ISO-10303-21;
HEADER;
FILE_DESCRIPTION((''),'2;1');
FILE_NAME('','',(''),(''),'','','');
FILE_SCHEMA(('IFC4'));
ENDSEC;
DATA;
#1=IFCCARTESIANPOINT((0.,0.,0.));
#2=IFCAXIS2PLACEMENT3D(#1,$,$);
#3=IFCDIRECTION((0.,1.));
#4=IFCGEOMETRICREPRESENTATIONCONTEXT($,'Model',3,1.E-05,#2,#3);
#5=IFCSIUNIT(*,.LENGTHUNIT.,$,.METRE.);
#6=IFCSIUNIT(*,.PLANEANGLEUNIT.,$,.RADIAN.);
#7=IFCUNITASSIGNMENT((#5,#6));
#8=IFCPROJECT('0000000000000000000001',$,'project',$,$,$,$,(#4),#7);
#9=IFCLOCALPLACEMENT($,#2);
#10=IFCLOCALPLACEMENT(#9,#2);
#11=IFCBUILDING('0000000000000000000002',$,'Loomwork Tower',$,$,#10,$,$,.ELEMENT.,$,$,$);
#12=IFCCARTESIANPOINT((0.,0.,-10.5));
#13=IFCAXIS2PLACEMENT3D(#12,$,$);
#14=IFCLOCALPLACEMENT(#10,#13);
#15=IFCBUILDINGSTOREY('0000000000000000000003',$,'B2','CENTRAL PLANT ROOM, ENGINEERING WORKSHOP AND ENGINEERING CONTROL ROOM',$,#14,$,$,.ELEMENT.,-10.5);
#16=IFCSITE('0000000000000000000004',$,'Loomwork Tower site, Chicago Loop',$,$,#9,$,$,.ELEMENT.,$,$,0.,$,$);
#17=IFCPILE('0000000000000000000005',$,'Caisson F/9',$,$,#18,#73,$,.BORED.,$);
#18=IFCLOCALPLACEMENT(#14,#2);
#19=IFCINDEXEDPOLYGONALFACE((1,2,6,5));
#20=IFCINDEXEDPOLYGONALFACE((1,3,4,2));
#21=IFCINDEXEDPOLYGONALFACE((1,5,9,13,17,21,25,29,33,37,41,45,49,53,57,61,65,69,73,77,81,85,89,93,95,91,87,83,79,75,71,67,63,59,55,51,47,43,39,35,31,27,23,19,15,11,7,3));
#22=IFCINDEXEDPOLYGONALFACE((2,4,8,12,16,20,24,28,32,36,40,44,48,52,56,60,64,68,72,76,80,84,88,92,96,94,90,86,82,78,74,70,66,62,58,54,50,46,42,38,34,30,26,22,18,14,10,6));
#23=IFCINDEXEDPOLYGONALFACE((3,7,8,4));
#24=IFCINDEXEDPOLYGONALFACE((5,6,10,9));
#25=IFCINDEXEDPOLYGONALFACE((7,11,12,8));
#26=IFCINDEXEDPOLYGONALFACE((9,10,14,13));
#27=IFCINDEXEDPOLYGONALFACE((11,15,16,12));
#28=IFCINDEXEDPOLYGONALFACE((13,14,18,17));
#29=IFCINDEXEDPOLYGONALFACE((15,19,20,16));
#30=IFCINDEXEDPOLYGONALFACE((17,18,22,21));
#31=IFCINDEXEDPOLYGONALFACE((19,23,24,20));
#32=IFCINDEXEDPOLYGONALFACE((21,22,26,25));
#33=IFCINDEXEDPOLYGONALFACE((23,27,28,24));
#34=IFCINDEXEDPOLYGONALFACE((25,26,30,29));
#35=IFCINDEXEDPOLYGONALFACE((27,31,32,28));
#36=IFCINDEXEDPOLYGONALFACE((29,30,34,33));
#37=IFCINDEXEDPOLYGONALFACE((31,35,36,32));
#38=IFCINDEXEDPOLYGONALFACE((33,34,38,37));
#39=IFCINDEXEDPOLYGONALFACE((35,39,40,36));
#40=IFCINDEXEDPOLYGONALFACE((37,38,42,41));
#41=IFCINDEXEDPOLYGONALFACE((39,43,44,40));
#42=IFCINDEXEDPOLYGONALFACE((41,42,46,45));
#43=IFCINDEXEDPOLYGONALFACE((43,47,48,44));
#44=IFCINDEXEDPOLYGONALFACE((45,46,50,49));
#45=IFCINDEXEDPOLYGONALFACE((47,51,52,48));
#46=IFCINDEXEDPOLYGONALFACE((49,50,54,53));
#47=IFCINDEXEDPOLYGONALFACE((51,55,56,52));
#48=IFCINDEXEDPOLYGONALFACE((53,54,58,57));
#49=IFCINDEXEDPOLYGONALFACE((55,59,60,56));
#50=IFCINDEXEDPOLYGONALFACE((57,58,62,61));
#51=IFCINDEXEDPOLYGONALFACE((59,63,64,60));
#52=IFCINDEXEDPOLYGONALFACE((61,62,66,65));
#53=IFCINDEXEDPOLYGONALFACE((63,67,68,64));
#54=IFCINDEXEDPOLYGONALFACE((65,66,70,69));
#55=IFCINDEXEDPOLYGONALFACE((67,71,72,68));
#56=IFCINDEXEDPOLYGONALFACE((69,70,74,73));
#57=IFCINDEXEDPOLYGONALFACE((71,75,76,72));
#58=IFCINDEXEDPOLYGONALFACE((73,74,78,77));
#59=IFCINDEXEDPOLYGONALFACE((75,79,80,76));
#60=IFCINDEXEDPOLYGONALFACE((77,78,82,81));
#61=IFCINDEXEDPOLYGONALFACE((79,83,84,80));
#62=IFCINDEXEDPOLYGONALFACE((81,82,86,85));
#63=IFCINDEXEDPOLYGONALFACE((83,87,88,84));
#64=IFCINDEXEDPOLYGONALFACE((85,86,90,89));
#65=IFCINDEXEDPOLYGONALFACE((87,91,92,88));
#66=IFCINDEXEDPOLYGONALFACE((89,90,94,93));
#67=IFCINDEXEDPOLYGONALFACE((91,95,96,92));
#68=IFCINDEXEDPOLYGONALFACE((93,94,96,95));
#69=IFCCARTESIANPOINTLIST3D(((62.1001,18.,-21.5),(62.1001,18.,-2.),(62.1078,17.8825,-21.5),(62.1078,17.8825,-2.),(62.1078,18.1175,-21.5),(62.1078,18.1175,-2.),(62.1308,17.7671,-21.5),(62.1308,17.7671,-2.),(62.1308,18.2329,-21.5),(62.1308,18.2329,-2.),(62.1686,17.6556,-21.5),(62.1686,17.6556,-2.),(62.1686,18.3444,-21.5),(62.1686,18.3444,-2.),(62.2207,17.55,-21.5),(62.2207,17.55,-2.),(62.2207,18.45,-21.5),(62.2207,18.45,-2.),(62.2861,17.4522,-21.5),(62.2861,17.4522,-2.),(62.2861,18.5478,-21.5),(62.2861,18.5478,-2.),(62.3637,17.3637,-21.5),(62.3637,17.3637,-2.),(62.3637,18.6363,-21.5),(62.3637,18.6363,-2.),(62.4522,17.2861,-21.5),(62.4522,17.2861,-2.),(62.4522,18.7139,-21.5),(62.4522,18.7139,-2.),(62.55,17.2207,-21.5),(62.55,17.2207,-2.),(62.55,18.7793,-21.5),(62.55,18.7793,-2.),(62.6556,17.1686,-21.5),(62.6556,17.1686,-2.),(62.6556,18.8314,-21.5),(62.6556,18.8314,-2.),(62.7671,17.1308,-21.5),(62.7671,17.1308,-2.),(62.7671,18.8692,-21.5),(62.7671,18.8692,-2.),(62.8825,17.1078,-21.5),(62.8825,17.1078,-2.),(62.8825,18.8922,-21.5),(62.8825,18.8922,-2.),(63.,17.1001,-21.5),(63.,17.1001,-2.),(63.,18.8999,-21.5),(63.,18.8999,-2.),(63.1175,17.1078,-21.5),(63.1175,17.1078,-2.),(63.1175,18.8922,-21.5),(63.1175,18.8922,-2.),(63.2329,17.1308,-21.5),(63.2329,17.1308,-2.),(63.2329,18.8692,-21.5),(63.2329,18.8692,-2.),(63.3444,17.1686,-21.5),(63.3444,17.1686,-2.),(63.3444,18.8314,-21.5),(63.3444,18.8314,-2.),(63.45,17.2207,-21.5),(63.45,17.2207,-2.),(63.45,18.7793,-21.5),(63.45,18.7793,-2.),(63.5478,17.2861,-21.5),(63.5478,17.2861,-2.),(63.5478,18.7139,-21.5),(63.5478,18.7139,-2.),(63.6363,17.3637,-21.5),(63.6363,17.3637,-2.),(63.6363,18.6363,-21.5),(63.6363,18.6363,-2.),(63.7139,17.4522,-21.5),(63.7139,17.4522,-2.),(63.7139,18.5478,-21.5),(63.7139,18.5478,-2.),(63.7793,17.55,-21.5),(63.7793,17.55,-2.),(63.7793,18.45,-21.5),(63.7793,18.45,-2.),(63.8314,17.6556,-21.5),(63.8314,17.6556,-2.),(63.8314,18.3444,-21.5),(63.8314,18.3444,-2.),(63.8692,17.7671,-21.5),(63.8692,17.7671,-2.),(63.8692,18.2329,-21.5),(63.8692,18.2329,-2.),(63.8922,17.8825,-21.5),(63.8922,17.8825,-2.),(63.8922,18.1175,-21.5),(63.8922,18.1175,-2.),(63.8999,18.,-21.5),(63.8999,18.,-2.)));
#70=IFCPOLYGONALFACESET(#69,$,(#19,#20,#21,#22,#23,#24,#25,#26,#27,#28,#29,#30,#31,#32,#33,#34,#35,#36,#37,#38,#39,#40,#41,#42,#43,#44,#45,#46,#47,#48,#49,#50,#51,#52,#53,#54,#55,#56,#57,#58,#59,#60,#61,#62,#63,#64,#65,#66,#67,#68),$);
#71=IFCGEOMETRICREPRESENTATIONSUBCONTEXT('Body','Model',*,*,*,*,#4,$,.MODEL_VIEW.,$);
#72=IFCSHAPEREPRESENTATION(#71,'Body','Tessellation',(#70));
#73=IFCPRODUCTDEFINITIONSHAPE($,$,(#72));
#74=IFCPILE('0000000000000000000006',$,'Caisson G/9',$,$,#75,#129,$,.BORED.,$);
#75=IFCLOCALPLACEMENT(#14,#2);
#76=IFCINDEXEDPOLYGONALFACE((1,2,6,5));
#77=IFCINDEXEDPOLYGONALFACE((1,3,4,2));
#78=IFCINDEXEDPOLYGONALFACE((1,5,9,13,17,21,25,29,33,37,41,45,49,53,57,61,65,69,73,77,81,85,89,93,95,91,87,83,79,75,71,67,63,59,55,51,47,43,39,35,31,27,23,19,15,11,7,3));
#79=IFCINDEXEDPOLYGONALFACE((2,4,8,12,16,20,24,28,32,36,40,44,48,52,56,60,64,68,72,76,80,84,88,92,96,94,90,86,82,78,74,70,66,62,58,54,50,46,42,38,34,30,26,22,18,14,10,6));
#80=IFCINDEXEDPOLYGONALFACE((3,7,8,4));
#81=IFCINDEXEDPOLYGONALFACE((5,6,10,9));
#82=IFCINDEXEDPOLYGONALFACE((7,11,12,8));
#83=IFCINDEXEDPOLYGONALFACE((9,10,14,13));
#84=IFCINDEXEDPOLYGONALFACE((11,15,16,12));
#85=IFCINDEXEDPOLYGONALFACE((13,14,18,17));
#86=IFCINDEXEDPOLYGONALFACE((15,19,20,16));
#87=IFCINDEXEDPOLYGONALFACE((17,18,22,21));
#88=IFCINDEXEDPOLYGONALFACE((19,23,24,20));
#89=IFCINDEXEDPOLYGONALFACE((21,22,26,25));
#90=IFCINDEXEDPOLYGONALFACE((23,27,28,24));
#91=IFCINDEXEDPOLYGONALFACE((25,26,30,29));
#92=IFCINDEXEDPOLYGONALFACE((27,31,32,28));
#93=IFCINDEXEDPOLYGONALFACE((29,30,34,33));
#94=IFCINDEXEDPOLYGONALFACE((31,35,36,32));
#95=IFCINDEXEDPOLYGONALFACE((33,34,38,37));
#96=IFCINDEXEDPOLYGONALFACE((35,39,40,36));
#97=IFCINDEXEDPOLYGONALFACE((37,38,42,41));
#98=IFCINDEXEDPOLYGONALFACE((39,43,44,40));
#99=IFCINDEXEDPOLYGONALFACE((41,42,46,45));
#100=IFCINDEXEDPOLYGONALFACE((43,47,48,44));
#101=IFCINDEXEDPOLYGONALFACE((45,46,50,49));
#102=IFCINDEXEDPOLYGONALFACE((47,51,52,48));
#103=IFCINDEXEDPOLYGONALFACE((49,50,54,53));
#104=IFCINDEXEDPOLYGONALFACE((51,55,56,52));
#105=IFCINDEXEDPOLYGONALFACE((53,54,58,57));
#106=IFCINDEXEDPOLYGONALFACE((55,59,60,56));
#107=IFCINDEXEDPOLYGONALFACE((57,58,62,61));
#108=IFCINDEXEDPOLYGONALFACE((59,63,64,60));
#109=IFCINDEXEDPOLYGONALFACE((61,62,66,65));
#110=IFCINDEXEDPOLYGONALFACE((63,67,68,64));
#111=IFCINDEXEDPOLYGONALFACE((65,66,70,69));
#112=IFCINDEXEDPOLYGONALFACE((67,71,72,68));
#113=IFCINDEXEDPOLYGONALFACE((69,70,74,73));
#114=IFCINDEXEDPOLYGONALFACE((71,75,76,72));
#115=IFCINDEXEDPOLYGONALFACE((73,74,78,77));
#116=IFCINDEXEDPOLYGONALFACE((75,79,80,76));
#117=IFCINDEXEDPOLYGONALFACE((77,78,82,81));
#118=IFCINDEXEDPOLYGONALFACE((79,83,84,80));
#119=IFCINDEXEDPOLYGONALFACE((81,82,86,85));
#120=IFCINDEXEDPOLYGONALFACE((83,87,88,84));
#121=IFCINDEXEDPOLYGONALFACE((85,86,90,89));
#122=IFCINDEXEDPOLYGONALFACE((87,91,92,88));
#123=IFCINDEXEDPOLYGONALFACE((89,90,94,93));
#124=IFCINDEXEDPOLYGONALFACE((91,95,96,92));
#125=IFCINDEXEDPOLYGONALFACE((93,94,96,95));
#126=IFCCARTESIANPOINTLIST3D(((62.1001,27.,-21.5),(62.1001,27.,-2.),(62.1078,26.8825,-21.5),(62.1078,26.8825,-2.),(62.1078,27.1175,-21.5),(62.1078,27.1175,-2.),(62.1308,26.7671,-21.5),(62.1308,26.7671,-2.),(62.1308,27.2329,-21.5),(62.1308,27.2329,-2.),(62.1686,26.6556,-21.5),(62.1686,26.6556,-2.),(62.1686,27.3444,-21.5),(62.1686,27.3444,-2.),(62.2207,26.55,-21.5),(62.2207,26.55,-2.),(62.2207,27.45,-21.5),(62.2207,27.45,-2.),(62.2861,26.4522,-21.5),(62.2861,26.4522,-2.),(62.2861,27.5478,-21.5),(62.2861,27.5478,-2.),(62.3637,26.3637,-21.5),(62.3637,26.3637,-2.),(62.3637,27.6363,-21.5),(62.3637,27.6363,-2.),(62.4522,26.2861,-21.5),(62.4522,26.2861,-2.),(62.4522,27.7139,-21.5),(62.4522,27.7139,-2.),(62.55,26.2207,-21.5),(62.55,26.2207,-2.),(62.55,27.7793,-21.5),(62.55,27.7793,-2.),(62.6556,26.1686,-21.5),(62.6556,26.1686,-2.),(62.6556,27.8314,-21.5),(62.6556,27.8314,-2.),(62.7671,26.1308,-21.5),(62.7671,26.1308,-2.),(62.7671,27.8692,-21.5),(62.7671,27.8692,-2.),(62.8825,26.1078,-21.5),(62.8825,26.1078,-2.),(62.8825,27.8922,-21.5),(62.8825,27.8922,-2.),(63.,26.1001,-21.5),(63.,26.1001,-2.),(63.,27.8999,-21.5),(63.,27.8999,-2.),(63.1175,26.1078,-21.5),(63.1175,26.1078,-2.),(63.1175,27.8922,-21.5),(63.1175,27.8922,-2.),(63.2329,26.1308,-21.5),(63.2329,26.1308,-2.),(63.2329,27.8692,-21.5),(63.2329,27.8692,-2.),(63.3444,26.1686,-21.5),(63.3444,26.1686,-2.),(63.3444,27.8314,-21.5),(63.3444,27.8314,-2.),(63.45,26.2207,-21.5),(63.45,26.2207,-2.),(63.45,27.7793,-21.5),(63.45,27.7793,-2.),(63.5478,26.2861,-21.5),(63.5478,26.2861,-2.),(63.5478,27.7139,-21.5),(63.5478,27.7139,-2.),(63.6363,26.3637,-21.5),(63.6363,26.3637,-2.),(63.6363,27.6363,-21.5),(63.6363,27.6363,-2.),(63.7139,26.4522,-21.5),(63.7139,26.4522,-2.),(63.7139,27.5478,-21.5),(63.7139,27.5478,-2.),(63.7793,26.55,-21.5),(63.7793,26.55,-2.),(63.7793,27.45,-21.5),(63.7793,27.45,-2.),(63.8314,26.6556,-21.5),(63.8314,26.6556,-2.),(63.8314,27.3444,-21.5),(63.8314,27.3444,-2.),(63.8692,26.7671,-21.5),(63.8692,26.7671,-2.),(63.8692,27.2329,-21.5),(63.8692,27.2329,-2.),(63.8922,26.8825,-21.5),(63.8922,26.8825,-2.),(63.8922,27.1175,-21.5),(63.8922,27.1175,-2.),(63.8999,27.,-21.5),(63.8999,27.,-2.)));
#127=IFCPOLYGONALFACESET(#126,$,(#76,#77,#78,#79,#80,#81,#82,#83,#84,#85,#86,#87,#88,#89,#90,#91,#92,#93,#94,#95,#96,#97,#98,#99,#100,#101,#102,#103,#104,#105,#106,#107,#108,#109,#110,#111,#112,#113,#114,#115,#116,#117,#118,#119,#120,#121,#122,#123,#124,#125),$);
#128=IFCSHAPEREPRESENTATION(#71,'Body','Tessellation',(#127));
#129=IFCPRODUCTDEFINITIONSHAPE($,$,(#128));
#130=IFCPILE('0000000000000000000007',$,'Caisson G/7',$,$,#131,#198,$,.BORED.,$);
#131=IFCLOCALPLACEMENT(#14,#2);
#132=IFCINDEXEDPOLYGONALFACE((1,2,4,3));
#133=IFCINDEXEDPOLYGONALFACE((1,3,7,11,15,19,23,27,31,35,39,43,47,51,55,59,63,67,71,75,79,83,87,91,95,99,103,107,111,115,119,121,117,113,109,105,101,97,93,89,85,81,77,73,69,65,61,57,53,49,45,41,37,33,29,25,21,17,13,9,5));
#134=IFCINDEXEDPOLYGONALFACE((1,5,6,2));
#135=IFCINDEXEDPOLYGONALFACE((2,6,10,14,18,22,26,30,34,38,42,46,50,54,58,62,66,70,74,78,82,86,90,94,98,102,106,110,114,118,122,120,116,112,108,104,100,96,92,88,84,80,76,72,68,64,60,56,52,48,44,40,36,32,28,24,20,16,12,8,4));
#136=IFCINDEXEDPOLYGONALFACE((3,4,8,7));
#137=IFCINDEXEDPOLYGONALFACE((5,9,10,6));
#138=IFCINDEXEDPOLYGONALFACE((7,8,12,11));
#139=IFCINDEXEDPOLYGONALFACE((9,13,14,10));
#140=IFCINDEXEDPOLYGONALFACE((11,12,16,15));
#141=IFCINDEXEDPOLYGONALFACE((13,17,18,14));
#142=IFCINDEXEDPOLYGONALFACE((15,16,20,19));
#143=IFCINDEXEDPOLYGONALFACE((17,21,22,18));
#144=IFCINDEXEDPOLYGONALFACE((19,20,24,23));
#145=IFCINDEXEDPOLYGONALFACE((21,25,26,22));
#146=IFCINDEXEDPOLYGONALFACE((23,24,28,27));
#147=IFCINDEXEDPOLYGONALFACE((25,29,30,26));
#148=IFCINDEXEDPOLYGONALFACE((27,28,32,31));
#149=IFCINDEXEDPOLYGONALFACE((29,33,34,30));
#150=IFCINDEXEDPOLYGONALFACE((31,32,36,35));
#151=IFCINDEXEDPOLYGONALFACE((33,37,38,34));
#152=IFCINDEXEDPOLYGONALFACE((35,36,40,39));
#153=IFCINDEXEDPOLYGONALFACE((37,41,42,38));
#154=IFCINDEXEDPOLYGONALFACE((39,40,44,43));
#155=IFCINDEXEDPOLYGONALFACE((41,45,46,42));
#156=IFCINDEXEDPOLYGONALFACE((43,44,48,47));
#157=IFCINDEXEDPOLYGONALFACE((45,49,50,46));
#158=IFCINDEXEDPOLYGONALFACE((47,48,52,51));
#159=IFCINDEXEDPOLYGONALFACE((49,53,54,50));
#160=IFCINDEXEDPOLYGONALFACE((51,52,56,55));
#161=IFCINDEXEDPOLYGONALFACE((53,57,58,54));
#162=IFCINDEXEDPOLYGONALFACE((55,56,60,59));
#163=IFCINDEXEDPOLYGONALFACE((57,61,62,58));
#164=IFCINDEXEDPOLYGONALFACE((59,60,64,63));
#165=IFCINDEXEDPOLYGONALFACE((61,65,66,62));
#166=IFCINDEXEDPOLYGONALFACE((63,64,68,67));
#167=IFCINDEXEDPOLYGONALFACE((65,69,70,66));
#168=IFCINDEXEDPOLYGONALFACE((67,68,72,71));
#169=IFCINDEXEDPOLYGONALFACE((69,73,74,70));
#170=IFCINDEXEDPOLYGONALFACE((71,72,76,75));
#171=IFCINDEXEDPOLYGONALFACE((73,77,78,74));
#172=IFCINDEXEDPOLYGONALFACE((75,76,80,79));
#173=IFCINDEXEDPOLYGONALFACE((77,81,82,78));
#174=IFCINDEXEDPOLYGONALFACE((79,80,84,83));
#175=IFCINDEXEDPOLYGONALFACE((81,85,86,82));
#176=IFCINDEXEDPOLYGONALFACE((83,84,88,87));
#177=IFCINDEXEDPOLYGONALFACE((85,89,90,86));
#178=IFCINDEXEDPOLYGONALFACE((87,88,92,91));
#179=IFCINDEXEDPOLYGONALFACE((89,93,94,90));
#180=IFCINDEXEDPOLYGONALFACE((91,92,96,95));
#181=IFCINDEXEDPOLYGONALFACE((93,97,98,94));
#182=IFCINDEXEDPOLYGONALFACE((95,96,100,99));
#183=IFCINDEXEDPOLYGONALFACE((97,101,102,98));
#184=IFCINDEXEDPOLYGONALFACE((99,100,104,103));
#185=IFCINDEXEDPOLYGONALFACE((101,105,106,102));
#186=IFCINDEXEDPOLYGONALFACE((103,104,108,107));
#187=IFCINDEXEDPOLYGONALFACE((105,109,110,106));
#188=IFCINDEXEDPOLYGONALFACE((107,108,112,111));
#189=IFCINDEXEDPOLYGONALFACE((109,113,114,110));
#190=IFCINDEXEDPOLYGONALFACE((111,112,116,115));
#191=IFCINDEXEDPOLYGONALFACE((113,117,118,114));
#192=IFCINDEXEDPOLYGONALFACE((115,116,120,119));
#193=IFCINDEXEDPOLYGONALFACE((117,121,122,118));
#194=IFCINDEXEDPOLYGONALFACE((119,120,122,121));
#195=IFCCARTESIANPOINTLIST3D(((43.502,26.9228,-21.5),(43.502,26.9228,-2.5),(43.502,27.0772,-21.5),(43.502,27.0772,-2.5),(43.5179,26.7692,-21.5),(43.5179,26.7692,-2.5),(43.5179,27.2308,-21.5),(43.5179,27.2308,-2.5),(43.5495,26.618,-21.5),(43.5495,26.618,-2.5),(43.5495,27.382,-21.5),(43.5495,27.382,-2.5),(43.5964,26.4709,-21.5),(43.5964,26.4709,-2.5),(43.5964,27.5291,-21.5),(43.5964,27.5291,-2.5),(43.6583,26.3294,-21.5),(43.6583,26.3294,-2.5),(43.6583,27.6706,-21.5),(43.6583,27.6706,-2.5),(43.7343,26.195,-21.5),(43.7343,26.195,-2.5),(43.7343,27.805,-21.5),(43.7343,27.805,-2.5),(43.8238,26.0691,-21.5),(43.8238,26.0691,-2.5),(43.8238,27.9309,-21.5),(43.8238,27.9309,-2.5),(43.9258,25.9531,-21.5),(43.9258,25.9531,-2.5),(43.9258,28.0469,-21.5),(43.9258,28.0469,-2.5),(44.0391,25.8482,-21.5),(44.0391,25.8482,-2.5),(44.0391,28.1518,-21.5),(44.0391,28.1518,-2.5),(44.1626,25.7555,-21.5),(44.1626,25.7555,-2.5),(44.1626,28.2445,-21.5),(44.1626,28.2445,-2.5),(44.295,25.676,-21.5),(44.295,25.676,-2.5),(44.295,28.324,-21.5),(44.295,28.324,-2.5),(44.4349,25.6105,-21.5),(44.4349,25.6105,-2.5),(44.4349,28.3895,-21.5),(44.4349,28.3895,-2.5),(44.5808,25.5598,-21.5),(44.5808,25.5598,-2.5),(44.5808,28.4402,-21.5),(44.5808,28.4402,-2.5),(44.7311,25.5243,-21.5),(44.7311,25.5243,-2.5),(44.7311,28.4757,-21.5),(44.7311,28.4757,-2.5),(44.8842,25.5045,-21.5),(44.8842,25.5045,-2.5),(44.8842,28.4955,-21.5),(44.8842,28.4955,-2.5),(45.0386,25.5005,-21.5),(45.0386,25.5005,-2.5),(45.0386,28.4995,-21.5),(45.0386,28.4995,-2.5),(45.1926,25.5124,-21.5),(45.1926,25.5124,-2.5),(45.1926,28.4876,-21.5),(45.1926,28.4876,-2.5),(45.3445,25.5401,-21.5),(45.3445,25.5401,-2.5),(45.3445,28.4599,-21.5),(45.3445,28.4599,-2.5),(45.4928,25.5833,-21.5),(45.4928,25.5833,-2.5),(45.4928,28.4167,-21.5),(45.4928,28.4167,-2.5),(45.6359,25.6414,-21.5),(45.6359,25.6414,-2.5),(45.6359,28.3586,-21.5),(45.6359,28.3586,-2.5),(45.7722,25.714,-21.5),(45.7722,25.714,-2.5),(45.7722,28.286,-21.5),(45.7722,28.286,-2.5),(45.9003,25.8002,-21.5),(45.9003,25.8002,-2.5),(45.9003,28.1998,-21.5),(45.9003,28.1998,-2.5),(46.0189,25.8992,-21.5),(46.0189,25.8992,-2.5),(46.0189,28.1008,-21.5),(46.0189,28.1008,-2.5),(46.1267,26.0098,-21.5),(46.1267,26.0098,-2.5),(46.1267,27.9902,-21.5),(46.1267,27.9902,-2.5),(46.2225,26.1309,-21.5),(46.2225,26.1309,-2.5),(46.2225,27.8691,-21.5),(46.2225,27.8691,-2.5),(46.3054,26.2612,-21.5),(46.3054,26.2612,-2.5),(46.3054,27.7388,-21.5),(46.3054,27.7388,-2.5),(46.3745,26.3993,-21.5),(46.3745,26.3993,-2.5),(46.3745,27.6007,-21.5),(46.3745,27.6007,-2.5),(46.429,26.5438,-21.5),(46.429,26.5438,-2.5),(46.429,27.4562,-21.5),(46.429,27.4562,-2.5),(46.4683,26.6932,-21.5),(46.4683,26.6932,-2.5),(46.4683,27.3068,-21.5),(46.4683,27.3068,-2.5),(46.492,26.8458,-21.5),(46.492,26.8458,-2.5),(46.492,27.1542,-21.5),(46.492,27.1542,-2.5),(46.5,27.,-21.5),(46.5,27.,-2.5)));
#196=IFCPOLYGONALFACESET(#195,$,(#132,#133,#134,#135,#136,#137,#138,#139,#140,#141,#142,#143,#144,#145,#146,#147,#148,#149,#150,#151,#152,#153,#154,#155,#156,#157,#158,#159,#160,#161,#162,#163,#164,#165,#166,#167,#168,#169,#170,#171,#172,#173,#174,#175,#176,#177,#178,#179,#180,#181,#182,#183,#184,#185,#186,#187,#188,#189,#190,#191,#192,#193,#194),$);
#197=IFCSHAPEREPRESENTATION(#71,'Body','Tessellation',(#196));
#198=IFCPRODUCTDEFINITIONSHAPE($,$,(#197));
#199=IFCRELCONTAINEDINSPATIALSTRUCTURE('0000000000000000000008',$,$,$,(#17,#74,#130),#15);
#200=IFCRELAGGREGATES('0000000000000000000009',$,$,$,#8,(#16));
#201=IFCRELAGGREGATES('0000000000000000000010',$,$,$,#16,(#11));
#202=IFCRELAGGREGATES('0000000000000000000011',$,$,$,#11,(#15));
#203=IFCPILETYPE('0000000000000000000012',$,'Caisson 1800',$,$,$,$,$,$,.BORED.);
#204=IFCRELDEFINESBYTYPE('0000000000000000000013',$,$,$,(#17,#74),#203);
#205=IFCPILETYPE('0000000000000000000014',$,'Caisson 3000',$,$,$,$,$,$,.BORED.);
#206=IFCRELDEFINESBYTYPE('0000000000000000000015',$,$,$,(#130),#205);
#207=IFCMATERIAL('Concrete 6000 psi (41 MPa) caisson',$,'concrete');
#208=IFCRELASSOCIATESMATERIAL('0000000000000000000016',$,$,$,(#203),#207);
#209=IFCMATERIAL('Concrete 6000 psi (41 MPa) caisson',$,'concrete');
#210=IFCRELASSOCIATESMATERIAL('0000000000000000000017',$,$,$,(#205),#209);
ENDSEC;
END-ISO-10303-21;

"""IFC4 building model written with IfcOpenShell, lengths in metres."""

from ifc_helpers import new_model, si_unit, direction, frame, origin, origin_2d, place, context, subcontext, project, spatial, circle, extrude, material, material_profile, profile_set, type_object, element, save


model = new_model("IFC4")

# Units and contexts
model_context = context("Model", 3, precision=1e-05, world=origin(), true_north=direction((0.0, 1.0)))
body_context = subcontext(model_context, "Body", "Model", "MODEL_VIEW")
ifc_project = project(units=[si_unit("LENGTHUNIT", "METRE"), si_unit("PLANEANGLEUNIT", "RADIAN")], contexts=[model_context])

# Site, building, storey
site_placement = place(None, origin())
site = spatial("IfcSite", under=ifc_project, at=site_placement, Name="Loomwork Tower site, Chicago Loop", CompositionType="ELEMENT", RefElevation=0.0)
building_placement = place(site_placement, origin())
building = spatial("IfcBuilding", under=site, at=building_placement, Name="Loomwork Tower", CompositionType="ELEMENT")
storey_placement = place(building_placement, frame((0.0, 0.0, -10.5)))
storey = spatial("IfcBuildingStorey", under=building, at=storey_placement, Name="B2", Description="CENTRAL PLANT ROOM, ENGINEERING WORKSHOP AND ENGINEERING CONTROL ROOM", CompositionType="ELEMENT", Elevation=-10.5)

# Piles
ifc_material_1 = material(Name="Concrete 6000 psi (41 MPa) caisson", Category="concrete")
ifc_material_profile_1 = material_profile(ifc_material_1, circle(Radius=0.8999, at=origin_2d()), Name="D1800")
ifc_profile_set_1 = profile_set([ifc_material_profile_1], Name="Concrete 6000 psi (41 MPa) caisson")
pile_type_1 = type_object("IfcPileType", Name="Caisson 1800", PredefinedType="BORED", material=ifc_profile_set_1)
for number, where, z_axis, x_axis, name in (
    (1, (63.0, 18.0, -2.0), (0.0, 0.0, -1.0), (1.0, 0.0, 0.0), "Caisson F/9"),
    (2, (63.0, 27.0, -2.0), (0.0, 0.0, -1.0), (1.0, 0.0, 0.0), "Caisson G/9"),
):
    element("IfcPile", number, at=place(storey_placement, frame(where, z_axis=z_axis, x_axis=x_axis)), inside=storey, type_object=pile_type_1, Name=name, PredefinedType="BORED", context=body_context, shape_type="SweptSolid", body=[
        extrude(circle(Radius=0.8999, at=origin_2d()), origin(), (0.0, 0.0, 1.0), 19.5),
    ])
ifc_material_2 = material(Name="Concrete 6000 psi (41 MPa) caisson", Category="concrete")
ifc_material_profile_2 = material_profile(ifc_material_2, circle(Radius=1.5, at=origin_2d()), Name="D3000")
ifc_profile_set_2 = profile_set([ifc_material_profile_2], Name="Concrete 6000 psi (41 MPa) caisson")
pile_type_2 = type_object("IfcPileType", Name="Caisson 3000", PredefinedType="BORED", material=ifc_profile_set_2)
for number, where, z_axis, x_axis, name in (
    (3, (45.0, 27.0, -2.5), (0.0, 0.0, -1.0), (1.0, 0.0, 0.0), "Caisson G/7"),
):
    element("IfcPile", number, at=place(storey_placement, frame(where, z_axis=z_axis, x_axis=x_axis)), inside=storey, type_object=pile_type_2, Name=name, PredefinedType="BORED", context=body_context, shape_type="SweptSolid", body=[
        extrude(circle(Radius=1.5, at=origin_2d()), origin(), (0.0, 0.0, 1.0), 19.0),
    ])

save(model, "model.ifc")
